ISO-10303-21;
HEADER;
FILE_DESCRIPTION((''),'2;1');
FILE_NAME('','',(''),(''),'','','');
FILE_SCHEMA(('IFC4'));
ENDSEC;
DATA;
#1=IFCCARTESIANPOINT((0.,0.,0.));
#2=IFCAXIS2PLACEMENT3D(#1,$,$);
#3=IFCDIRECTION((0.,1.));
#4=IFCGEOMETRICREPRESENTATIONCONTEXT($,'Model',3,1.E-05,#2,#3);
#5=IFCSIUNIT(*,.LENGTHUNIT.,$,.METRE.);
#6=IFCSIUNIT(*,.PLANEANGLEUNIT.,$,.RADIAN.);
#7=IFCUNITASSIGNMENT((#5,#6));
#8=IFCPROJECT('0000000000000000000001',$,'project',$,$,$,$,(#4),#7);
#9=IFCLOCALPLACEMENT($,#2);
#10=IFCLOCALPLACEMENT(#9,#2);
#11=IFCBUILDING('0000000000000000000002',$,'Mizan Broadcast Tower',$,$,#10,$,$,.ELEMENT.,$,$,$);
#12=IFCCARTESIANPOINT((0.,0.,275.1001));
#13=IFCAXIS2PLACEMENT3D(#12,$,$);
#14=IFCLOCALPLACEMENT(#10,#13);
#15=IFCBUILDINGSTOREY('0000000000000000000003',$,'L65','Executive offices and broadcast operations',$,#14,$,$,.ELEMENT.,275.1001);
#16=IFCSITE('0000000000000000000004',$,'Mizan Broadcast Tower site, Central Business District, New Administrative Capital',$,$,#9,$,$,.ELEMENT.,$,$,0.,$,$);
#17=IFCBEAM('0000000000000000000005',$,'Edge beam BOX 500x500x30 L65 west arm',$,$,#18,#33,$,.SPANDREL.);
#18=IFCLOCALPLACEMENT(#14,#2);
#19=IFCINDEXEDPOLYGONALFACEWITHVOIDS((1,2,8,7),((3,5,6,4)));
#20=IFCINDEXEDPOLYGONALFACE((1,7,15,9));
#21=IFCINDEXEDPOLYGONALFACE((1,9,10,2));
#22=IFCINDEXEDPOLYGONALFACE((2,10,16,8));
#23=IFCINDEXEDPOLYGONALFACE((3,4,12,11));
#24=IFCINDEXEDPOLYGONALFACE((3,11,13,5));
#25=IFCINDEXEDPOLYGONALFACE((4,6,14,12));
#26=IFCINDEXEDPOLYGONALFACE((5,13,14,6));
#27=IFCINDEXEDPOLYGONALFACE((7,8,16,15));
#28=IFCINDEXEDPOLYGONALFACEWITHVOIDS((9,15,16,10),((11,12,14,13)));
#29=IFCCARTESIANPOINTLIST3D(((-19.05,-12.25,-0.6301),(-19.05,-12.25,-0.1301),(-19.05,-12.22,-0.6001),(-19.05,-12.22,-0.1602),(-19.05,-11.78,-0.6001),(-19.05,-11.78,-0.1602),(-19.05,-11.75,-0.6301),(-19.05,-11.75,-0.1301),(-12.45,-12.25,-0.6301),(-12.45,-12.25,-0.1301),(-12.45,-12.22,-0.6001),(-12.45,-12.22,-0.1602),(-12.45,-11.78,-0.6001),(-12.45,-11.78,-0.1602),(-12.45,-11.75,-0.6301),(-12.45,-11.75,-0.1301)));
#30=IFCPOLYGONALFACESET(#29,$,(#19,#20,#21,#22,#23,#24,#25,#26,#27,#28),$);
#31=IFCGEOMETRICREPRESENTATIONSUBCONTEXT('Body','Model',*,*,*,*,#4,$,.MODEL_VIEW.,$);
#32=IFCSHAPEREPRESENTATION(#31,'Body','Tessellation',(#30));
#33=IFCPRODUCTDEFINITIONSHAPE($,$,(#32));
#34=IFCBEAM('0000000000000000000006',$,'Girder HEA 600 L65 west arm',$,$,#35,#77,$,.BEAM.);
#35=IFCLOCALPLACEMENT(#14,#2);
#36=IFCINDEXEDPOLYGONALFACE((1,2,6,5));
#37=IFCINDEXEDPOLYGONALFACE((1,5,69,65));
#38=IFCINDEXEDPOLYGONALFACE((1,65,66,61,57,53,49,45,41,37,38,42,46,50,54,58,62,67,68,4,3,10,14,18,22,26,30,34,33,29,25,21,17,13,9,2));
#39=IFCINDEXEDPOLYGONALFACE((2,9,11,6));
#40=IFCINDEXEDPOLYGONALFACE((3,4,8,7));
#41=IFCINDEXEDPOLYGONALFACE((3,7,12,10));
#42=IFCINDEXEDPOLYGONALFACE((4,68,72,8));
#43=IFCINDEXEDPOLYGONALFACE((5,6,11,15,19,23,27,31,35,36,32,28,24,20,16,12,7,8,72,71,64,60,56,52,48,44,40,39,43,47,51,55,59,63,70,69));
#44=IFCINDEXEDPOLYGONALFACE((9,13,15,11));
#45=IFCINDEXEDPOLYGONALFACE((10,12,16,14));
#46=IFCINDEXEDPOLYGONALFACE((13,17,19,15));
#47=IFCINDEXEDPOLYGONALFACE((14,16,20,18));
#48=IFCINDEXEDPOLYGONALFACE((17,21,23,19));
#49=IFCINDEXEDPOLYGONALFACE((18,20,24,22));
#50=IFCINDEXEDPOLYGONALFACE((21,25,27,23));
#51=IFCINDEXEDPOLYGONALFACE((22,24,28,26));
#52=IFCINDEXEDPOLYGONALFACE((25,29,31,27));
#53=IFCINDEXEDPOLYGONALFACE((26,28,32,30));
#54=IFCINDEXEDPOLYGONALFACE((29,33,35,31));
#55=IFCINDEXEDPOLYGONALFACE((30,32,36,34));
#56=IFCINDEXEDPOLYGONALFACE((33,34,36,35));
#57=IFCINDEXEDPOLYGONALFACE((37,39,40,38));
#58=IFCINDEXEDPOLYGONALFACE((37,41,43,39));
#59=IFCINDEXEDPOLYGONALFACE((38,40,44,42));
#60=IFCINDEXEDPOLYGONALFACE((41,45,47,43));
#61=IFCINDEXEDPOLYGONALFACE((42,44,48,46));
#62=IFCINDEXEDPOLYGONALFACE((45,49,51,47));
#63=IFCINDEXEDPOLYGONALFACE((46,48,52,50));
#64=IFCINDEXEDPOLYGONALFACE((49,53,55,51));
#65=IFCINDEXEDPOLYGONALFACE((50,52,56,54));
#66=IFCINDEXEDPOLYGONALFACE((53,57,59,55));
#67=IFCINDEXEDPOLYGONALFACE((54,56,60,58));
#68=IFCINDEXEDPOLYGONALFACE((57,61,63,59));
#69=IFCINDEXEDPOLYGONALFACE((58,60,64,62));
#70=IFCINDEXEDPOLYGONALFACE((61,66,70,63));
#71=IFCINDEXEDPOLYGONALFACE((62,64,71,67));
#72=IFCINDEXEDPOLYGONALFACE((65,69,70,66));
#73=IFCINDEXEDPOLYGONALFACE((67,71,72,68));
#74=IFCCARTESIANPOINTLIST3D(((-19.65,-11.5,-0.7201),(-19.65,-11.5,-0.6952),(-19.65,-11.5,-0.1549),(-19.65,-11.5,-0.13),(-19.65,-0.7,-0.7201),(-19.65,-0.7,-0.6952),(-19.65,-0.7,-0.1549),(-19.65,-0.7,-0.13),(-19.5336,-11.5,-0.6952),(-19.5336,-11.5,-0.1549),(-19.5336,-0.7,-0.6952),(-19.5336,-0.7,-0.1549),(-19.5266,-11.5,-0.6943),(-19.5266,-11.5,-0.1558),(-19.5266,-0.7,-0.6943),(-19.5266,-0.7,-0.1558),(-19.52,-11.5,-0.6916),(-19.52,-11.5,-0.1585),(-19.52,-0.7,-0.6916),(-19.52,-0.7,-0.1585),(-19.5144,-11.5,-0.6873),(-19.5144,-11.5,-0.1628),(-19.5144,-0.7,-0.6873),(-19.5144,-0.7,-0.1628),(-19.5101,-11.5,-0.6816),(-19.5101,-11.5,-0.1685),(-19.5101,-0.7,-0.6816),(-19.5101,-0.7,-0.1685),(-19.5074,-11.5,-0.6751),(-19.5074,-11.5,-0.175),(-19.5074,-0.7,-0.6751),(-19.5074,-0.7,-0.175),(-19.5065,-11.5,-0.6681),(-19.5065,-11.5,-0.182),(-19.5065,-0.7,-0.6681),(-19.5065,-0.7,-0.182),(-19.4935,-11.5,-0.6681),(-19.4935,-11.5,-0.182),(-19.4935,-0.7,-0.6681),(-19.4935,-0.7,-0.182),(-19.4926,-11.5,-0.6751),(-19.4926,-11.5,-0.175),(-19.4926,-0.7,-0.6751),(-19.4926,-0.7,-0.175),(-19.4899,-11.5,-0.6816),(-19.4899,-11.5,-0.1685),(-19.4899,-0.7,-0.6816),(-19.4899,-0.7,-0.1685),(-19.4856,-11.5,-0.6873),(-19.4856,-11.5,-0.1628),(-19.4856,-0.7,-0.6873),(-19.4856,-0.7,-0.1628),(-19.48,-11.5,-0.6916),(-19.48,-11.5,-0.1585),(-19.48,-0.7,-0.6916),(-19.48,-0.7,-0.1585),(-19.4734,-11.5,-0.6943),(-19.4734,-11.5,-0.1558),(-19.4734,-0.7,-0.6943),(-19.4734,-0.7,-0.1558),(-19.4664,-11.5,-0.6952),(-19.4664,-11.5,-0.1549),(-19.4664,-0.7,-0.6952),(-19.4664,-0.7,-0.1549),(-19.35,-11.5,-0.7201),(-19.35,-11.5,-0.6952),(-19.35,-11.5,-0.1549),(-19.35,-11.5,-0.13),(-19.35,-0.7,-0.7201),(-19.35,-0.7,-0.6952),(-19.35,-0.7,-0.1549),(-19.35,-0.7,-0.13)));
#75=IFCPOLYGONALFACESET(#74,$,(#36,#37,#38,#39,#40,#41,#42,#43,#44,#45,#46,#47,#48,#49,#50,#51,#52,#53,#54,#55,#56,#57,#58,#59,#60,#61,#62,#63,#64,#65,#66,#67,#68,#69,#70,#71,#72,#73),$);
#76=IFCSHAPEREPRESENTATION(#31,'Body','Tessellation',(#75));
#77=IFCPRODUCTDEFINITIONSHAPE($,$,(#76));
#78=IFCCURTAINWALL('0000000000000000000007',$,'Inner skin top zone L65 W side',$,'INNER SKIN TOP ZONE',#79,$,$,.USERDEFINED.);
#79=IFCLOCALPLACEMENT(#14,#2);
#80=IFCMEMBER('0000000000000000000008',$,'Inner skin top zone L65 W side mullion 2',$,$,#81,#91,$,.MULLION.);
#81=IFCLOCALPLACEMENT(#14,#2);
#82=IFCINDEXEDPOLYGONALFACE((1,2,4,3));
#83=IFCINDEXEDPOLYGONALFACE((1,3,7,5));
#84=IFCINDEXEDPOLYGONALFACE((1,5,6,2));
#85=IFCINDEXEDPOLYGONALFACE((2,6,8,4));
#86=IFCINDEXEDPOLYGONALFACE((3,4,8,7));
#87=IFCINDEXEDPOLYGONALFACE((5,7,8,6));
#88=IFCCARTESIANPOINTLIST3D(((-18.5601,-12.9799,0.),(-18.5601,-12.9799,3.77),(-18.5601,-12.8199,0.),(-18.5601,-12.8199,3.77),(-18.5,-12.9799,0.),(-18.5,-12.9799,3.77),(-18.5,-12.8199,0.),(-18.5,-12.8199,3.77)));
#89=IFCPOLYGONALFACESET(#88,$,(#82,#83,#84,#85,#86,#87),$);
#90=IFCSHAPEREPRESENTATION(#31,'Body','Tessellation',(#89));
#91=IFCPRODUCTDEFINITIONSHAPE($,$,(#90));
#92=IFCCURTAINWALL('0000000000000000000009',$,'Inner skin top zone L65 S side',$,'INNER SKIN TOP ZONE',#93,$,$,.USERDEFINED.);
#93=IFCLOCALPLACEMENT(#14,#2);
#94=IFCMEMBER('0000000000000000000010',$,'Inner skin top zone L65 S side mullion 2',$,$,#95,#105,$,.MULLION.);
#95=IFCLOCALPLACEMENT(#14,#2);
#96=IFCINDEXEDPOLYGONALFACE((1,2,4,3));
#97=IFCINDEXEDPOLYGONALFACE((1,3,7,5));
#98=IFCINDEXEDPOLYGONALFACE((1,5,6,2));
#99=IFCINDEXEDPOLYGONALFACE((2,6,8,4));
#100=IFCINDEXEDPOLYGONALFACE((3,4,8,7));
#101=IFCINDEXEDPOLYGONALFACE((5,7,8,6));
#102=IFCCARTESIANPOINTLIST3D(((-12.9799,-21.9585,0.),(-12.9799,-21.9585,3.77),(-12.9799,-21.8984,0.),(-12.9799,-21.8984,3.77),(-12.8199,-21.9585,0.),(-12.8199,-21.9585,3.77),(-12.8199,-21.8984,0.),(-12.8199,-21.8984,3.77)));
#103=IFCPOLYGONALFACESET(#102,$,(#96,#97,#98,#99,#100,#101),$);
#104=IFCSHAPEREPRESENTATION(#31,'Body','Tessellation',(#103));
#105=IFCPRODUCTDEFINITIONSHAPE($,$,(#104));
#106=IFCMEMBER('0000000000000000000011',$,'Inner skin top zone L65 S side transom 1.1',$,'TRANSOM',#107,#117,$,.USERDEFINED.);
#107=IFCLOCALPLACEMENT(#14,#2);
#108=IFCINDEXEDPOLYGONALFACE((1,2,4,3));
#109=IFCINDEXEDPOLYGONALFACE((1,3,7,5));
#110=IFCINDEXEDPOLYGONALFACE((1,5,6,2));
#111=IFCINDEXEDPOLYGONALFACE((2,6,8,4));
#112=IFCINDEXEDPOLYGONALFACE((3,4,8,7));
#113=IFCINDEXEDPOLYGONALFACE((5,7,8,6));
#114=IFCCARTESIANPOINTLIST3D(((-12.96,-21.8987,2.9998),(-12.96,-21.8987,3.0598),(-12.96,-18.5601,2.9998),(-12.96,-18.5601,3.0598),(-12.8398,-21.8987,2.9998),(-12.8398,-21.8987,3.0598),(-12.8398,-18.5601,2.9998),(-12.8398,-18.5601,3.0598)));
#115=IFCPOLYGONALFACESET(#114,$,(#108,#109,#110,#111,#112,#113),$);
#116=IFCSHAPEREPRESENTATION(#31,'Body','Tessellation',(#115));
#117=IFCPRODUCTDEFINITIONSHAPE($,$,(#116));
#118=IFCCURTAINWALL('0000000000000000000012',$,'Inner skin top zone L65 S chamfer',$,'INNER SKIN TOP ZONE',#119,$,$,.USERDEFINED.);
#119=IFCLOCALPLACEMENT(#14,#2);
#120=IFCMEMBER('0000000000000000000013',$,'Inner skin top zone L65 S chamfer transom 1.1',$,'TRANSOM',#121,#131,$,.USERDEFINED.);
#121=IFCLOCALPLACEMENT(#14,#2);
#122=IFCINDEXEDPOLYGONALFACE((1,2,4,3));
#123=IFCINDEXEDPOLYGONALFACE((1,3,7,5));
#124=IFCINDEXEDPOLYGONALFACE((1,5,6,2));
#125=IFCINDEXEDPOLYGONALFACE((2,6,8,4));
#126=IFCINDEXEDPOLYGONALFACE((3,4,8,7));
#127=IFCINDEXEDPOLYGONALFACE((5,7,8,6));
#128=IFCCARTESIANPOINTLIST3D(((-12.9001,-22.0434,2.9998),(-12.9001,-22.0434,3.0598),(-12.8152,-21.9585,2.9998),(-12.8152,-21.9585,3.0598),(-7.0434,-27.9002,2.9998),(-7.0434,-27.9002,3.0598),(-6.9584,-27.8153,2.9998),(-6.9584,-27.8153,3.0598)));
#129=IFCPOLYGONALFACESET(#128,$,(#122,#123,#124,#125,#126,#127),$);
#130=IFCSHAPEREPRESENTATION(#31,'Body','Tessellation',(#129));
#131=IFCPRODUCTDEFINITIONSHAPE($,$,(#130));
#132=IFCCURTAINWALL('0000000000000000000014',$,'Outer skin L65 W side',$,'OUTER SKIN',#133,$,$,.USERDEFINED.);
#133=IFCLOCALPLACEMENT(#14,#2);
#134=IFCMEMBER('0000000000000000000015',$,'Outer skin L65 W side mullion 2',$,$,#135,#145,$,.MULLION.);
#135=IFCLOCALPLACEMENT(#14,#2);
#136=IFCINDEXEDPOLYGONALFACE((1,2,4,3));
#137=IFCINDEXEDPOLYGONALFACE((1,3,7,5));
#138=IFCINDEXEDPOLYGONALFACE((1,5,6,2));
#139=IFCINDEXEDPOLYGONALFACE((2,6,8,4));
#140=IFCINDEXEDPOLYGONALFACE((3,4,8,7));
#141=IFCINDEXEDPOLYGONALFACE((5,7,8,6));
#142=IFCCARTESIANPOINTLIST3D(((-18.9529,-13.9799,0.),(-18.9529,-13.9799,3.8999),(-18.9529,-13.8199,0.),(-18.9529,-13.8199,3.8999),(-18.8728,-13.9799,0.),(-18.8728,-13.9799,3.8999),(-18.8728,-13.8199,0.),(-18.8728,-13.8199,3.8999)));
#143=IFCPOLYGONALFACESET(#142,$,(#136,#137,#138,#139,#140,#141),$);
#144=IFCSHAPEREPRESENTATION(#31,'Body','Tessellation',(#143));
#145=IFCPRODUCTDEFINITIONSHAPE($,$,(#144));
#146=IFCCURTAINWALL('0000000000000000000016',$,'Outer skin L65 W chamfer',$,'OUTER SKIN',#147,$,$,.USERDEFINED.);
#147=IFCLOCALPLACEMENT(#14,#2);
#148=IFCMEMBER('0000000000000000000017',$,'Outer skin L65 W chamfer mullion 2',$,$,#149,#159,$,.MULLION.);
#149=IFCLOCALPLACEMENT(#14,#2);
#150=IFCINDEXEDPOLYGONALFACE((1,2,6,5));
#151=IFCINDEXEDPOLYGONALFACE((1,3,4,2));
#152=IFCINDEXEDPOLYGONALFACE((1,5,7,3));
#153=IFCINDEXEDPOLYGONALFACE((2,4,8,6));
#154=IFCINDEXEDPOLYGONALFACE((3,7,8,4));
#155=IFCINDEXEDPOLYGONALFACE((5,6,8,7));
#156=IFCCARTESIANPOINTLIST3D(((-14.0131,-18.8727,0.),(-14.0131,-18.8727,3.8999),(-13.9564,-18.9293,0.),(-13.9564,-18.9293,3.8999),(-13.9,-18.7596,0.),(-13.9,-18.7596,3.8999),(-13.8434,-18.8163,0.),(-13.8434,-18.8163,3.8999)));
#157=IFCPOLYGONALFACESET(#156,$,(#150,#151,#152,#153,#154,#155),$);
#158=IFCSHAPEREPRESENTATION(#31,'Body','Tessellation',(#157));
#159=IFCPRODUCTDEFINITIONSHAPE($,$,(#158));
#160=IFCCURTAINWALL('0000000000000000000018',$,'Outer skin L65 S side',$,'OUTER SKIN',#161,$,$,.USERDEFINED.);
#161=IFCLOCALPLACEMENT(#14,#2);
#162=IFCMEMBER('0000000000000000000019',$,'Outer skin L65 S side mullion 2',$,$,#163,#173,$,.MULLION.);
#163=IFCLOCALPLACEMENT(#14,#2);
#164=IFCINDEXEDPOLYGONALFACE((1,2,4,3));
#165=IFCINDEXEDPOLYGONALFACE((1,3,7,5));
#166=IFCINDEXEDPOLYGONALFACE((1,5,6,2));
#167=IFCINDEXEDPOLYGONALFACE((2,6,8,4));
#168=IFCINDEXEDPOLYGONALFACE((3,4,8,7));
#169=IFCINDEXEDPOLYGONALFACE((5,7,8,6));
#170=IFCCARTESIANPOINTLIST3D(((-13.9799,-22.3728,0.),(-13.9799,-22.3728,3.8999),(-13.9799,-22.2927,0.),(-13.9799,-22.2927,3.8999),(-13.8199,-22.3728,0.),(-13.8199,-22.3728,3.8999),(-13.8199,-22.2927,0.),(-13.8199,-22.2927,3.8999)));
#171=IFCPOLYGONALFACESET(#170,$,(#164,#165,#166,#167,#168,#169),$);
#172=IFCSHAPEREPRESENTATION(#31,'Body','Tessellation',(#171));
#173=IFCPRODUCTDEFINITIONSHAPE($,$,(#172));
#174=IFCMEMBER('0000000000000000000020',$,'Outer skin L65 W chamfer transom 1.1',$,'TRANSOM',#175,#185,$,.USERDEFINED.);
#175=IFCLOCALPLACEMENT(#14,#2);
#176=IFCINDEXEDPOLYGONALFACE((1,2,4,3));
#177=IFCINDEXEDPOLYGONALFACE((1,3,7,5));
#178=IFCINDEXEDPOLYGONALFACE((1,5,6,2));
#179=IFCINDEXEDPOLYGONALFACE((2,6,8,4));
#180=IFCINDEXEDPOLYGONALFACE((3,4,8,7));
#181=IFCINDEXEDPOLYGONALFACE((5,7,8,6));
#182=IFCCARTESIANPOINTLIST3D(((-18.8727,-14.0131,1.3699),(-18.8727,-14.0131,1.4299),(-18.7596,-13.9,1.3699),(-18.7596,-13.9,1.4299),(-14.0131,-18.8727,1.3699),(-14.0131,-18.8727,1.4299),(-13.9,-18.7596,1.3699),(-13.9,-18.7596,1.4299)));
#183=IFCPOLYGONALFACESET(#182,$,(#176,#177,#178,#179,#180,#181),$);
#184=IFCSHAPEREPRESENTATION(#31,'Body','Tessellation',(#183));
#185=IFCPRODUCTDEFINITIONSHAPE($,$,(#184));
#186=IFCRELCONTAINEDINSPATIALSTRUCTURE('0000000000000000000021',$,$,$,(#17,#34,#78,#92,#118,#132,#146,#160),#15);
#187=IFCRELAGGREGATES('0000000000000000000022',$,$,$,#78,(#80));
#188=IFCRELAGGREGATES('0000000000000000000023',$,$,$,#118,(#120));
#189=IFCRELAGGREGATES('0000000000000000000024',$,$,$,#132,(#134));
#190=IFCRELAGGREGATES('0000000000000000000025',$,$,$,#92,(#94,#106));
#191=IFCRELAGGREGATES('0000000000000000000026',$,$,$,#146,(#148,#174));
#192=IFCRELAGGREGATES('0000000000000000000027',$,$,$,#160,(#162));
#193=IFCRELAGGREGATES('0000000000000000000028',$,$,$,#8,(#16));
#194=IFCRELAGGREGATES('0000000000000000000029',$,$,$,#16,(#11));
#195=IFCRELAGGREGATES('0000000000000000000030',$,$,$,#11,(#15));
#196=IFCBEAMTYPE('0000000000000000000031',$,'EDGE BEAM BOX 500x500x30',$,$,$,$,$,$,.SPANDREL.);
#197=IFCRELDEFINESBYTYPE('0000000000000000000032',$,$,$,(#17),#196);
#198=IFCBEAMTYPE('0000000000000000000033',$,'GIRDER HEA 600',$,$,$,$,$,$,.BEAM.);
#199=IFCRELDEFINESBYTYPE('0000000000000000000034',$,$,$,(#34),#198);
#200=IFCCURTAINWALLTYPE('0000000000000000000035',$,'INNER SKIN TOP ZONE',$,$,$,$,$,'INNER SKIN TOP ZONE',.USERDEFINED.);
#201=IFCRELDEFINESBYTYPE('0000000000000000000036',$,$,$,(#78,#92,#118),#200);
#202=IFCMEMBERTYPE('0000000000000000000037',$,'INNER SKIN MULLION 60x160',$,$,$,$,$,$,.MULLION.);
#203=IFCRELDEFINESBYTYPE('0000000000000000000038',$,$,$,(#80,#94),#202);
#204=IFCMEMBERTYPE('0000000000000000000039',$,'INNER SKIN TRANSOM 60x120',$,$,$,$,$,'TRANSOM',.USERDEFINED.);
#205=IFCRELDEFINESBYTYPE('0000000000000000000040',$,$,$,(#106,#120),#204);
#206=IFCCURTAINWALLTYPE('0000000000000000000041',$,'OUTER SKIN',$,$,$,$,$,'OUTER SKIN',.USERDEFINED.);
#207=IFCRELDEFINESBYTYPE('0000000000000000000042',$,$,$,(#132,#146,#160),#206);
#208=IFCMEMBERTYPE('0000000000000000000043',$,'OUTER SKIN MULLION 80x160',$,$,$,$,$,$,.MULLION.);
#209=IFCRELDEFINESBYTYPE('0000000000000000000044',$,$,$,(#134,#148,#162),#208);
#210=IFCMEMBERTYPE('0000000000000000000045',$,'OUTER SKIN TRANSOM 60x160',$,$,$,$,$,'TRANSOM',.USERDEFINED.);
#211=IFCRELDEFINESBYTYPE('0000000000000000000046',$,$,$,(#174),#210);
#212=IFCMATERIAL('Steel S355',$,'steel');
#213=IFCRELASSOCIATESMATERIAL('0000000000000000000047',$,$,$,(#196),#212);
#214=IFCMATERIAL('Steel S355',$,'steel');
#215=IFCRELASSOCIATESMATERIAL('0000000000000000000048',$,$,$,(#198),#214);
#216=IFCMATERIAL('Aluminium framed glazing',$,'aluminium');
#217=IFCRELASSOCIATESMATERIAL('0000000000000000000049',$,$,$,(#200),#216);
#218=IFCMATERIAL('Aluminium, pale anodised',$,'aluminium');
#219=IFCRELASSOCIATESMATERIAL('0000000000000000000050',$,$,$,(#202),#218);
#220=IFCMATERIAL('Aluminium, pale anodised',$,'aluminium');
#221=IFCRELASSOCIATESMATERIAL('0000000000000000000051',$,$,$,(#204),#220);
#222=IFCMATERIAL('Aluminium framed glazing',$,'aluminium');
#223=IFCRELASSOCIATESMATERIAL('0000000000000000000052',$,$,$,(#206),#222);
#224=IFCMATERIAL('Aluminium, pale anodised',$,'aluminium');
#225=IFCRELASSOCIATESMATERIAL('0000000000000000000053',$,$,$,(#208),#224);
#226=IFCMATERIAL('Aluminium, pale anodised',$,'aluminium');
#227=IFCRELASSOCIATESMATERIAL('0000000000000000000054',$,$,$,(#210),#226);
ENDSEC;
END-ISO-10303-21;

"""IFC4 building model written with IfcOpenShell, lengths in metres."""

from ifc_helpers import new_model, si_unit, direction, frame, origin, origin_2d, place, context, subcontext, project, spatial, rectangle, hollow_rectangle, i_section, extrude, material, material_profile, profile_set, type_object, element, aggregate, save


model = new_model("IFC4")

# Units and contexts
model_context = context("Model", 3, precision=1e-05, world=origin(), true_north=direction((0.0, 1.0)))
body_context = subcontext(model_context, "Body", "Model", "MODEL_VIEW")
ifc_project = project(units=[si_unit("LENGTHUNIT", "METRE"), si_unit("PLANEANGLEUNIT", "RADIAN")], contexts=[model_context])

# Site, building, storey
site_placement = place(None, origin())
site = spatial("IfcSite", under=ifc_project, at=site_placement, Name="Mizan Broadcast Tower site, Central Business District, New Administrative Capital", CompositionType="ELEMENT", RefElevation=0.0)
building_placement = place(site_placement, origin())
building = spatial("IfcBuilding", under=site, at=building_placement, Name="Mizan Broadcast Tower", CompositionType="ELEMENT")
storey_placement = place(building_placement, frame((0.0, 0.0, 275.1001)))
storey = spatial("IfcBuildingStorey", under=building, at=storey_placement, Name="L65", Description="Executive offices and broadcast operations", CompositionType="ELEMENT", Elevation=275.1001)

# Beams
ifc_material_1 = material(Name="Steel S355", Category="steel")
ifc_material_profile_1 = material_profile(ifc_material_1, hollow_rectangle(XDim=0.5, YDim=0.5, WallThickness=0.03, at=origin_2d()), Name="BOX 500x500x30")
ifc_profile_set_1 = profile_set([ifc_material_profile_1], Name="Steel S355")
beam_type_1 = type_object("IfcBeamType", Name="EDGE BEAM BOX 500x500x30", PredefinedType="SPANDREL", material=ifc_profile_set_1)
beam_1_placement = place(storey_placement, frame((-12.45, -12.0, -0.3801), z_axis=(-1.0, 0.0, 0.0), x_axis=(0.0, -1.0, 0.0)))
element("IfcBeam", 1, at=beam_1_placement, inside=storey, type_object=beam_type_1, Name="Edge beam BOX 500x500x30 L65 west arm", PredefinedType="SPANDREL", context=body_context, shape_type="SweptSolid", body=[
    extrude(hollow_rectangle(XDim=0.5, YDim=0.5, WallThickness=0.03, at=origin_2d()), origin(), (0.0, 0.0, 1.0), 6.6001),
])
ifc_material_2 = material(Name="Steel S355", Category="steel")
ifc_material_profile_2 = material_profile(ifc_material_2, i_section(OverallWidth=0.3, OverallDepth=0.5901, WebThickness=0.0129, FlangeThickness=0.0249, FilletRadius=0.0271, at=origin_2d()), Name="HEA 600")
ifc_profile_set_2 = profile_set([ifc_material_profile_2], Name="Steel S355")
beam_type_2 = type_object("IfcBeamType", Name="GIRDER HEA 600", PredefinedType="BEAM", material=ifc_profile_set_2)
beam_2_placement = place(storey_placement, frame((-19.5, -11.5, -0.425), z_axis=(0.0, 1.0, 0.0), x_axis=(-1.0, 0.0, 0.0)))
element("IfcBeam", 2, at=beam_2_placement, inside=storey, type_object=beam_type_2, Name="Girder HEA 600 L65 west arm", PredefinedType="BEAM", context=body_context, shape_type="SweptSolid", body=[
    extrude(i_section(OverallWidth=0.3, OverallDepth=0.5901, WebThickness=0.0129, FlangeThickness=0.0249, FilletRadius=0.0271, at=origin_2d()), origin(), (0.0, 0.0, 1.0), 10.8),
])

# Curtain wall, member
ifc_material_3 = material(Name="Aluminium framed glazing", Category="aluminium")
curtain_wall_type_1 = type_object("IfcCurtainWallType", Name="INNER SKIN TOP ZONE", ElementType="INNER SKIN TOP ZONE", PredefinedType="USERDEFINED", material=ifc_material_3)
curtain_wall_1_placement = place(storey_placement, origin())
curtain_wall_1 = element("IfcCurtainWall", 3, at=curtain_wall_1_placement, inside=storey, type_object=curtain_wall_type_1, Name="Inner skin top zone L65 W side", ObjectType="INNER SKIN TOP ZONE", PredefinedType="USERDEFINED")
ifc_material_4 = material(Name="Aluminium, pale anodised", Category="aluminium")
ifc_material_profile_3 = material_profile(ifc_material_4, rectangle(XDim=0.1599, YDim=0.0601, at=origin_2d()), Name="MULLION 160x60")
ifc_profile_set_3 = profile_set([ifc_material_profile_3], Name="Aluminium, pale anodised")
member_type_1 = type_object("IfcMemberType", Name="INNER SKIN MULLION 60x160", PredefinedType="MULLION", material=ifc_profile_set_3)
member_1_placement = place(storey_placement, frame((-18.53, -12.8999, 0.0), z_axis=(0.0, 0.0, 1.0), x_axis=(0.0, 1.0, 0.0)))
member_1 = element("IfcMember", 4, at=member_1_placement, type_object=member_type_1, Name="Inner skin top zone L65 W side mullion 2", PredefinedType="MULLION", context=body_context, shape_type="SweptSolid", body=[
    extrude(rectangle(XDim=0.1599, YDim=0.0601, at=origin_2d()), origin(), (0.0, 0.0, 1.0), 3.77),
])
aggregate(curtain_wall_1, [member_1])

# Curtain wall, members
curtain_wall_2_placement = place(storey_placement, origin())
curtain_wall_2 = element("IfcCurtainWall", 5, at=curtain_wall_2_placement, inside=storey, type_object=curtain_wall_type_1, Name="Inner skin top zone L65 S side", ObjectType="INNER SKIN TOP ZONE", PredefinedType="USERDEFINED")
member_2_placement = place(storey_placement, frame((-12.8999, -21.9285, 0.0), z_axis=(0.0, 0.0, 1.0), x_axis=(1.0, 0.0, 0.0)))
member_2 = element("IfcMember", 6, at=member_2_placement, type_object=member_type_1, Name="Inner skin top zone L65 S side mullion 2", PredefinedType="MULLION", context=body_context, shape_type="SweptSolid", body=[
    extrude(rectangle(XDim=0.1599, YDim=0.0601, at=origin_2d()), origin(), (0.0, 0.0, 1.0), 3.77),
])
ifc_material_5 = material(Name="Aluminium, pale anodised", Category="aluminium")
ifc_material_profile_4 = material_profile(ifc_material_5, rectangle(XDim=0.1201, YDim=0.0601, at=origin_2d()), Name="TRANSOM 120x60")
ifc_profile_set_4 = profile_set([ifc_material_profile_4], Name="Aluminium, pale anodised")
member_type_2 = type_object("IfcMemberType", Name="INNER SKIN TRANSOM 60x120", ElementType="TRANSOM", PredefinedType="USERDEFINED", material=ifc_profile_set_4)
member_3_placement = place(storey_placement, frame((-12.8999, -18.5601, 3.0298), z_axis=(0.0, -1.0, 0.0), x_axis=(1.0, 0.0, 0.0)))
member_3 = element("IfcMember", 7, at=member_3_placement, type_object=member_type_2, Name="Inner skin top zone L65 S side transom 1.1", ObjectType="TRANSOM", PredefinedType="USERDEFINED", context=body_context, shape_type="SweptSolid", body=[
    extrude(rectangle(XDim=0.1201, YDim=0.0601, at=origin_2d()), origin(), (0.0, 0.0, 1.0), 3.3386),
])

# Curtain walls, members
curtain_wall_3_placement = place(storey_placement, origin())
curtain_wall_3 = element("IfcCurtainWall", 8, at=curtain_wall_3_placement, inside=storey, type_object=curtain_wall_type_1, Name="Inner skin top zone L65 S chamfer", ObjectType="INNER SKIN TOP ZONE", PredefinedType="USERDEFINED")
member_4_placement = place(storey_placement, frame((-12.8577, -22.001, 3.0298), z_axis=(0.707107, -0.707107, 0.0), x_axis=(0.707107, 0.707107, 0.0)))
member_4 = element("IfcMember", 9, at=member_4_placement, type_object=member_type_2, Name="Inner skin top zone L65 S chamfer transom 1.1", ObjectType="TRANSOM", PredefinedType="USERDEFINED", context=body_context, shape_type="SweptSolid", body=[
    extrude(rectangle(XDim=0.1201, YDim=0.0601, at=origin_2d()), origin(), (0.0, 0.0, 1.0), 8.2827),
])
aggregate(curtain_wall_3, [member_4])
ifc_material_6 = material(Name="Aluminium framed glazing", Category="aluminium")
curtain_wall_type_2 = type_object("IfcCurtainWallType", Name="OUTER SKIN", ElementType="OUTER SKIN", PredefinedType="USERDEFINED", material=ifc_material_6)
curtain_wall_4_placement = place(storey_placement, origin())
curtain_wall_4 = element("IfcCurtainWall", 10, at=curtain_wall_4_placement, inside=storey, type_object=curtain_wall_type_2, Name="Outer skin L65 W side", ObjectType="OUTER SKIN", PredefinedType="USERDEFINED")
ifc_material_7 = material(Name="Aluminium, pale anodised", Category="aluminium")
ifc_material_profile_5 = material_profile(ifc_material_7, rectangle(XDim=0.1599, YDim=0.0801, at=origin_2d()), Name="MULLION 160x80")
ifc_profile_set_5 = profile_set([ifc_material_profile_5], Name="Aluminium, pale anodised")
member_type_3 = type_object("IfcMemberType", Name="OUTER SKIN MULLION 80x160", PredefinedType="MULLION", material=ifc_profile_set_5)
member_5_placement = place(storey_placement, frame((-18.9128, -13.8999, 0.0), z_axis=(0.0, 0.0, 1.0), x_axis=(0.0, 1.0, 0.0)))
member_5 = element("IfcMember", 11, at=member_5_placement, type_object=member_type_3, Name="Outer skin L65 W side mullion 2", PredefinedType="MULLION", context=body_context, shape_type="SweptSolid", body=[
    extrude(rectangle(XDim=0.1599, YDim=0.0801, at=origin_2d()), origin(), (0.0, 0.0, 1.0), 3.8999),
])
aggregate(curtain_wall_4, [member_5])
curtain_wall_5_placement = place(storey_placement, origin())
curtain_wall_5 = element("IfcCurtainWall", 12, at=curtain_wall_5_placement, inside=storey, type_object=curtain_wall_type_2, Name="Outer skin L65 W chamfer", ObjectType="OUTER SKIN", PredefinedType="USERDEFINED")
member_6_placement = place(storey_placement, frame((-13.9282, -18.8445, 0.0), z_axis=(0.0, 0.0, 1.0), x_axis=(0.707107, 0.707107, 0.0)))
member_6 = element("IfcMember", 13, at=member_6_placement, type_object=member_type_3, Name="Outer skin L65 W chamfer mullion 2", PredefinedType="MULLION", context=body_context, shape_type="SweptSolid", body=[
    extrude(rectangle(XDim=0.1599, YDim=0.0801, at=origin_2d()), origin(), (0.0, 0.0, 1.0), 3.8999),
])
curtain_wall_6_placement = place(storey_placement, origin())
curtain_wall_6 = element("IfcCurtainWall", 14, at=curtain_wall_6_placement, inside=storey, type_object=curtain_wall_type_2, Name="Outer skin L65 S side", ObjectType="OUTER SKIN", PredefinedType="USERDEFINED")
member_7_placement = place(storey_placement, frame((-13.8999, -22.3328, 0.0), z_axis=(0.0, 0.0, 1.0), x_axis=(1.0, 0.0, 0.0)))
member_7 = element("IfcMember", 15, at=member_7_placement, type_object=member_type_3, Name="Outer skin L65 S side mullion 2", PredefinedType="MULLION", context=body_context, shape_type="SweptSolid", body=[
    extrude(rectangle(XDim=0.1599, YDim=0.0801, at=origin_2d()), origin(), (0.0, 0.0, 1.0), 3.8999),
])

# Member
ifc_material_8 = material(Name="Aluminium, pale anodised", Category="aluminium")
ifc_material_profile_6 = material_profile(ifc_material_8, rectangle(XDim=0.1599, YDim=0.0601, at=origin_2d()), Name="TRANSOM 160x60")
ifc_profile_set_6 = profile_set([ifc_material_profile_6], Name="Aluminium, pale anodised")
member_type_4 = type_object("IfcMemberType", Name="OUTER SKIN TRANSOM 60x160", ElementType="TRANSOM", PredefinedType="USERDEFINED", material=ifc_profile_set_6)
member_8_placement = place(storey_placement, frame((-18.8162, -13.9565, 1.3999), z_axis=(0.707107, -0.707107, 0.0), x_axis=(0.707107, 0.707107, 0.0)))
member_8 = element("IfcMember", 16, at=member_8_placement, type_object=member_type_4, Name="Outer skin L65 W chamfer transom 1.1", ObjectType="TRANSOM", PredefinedType="USERDEFINED", context=body_context, shape_type="SweptSolid", body=[
    extrude(rectangle(XDim=0.1599, YDim=0.0601, at=origin_2d()), origin(), (0.0, 0.0, 1.0), 6.8726),
])

aggregate(curtain_wall_2, [member_2, member_3])
aggregate(curtain_wall_5, [member_6, member_8])
aggregate(curtain_wall_6, [member_7])

save(model, "model.ifc")
